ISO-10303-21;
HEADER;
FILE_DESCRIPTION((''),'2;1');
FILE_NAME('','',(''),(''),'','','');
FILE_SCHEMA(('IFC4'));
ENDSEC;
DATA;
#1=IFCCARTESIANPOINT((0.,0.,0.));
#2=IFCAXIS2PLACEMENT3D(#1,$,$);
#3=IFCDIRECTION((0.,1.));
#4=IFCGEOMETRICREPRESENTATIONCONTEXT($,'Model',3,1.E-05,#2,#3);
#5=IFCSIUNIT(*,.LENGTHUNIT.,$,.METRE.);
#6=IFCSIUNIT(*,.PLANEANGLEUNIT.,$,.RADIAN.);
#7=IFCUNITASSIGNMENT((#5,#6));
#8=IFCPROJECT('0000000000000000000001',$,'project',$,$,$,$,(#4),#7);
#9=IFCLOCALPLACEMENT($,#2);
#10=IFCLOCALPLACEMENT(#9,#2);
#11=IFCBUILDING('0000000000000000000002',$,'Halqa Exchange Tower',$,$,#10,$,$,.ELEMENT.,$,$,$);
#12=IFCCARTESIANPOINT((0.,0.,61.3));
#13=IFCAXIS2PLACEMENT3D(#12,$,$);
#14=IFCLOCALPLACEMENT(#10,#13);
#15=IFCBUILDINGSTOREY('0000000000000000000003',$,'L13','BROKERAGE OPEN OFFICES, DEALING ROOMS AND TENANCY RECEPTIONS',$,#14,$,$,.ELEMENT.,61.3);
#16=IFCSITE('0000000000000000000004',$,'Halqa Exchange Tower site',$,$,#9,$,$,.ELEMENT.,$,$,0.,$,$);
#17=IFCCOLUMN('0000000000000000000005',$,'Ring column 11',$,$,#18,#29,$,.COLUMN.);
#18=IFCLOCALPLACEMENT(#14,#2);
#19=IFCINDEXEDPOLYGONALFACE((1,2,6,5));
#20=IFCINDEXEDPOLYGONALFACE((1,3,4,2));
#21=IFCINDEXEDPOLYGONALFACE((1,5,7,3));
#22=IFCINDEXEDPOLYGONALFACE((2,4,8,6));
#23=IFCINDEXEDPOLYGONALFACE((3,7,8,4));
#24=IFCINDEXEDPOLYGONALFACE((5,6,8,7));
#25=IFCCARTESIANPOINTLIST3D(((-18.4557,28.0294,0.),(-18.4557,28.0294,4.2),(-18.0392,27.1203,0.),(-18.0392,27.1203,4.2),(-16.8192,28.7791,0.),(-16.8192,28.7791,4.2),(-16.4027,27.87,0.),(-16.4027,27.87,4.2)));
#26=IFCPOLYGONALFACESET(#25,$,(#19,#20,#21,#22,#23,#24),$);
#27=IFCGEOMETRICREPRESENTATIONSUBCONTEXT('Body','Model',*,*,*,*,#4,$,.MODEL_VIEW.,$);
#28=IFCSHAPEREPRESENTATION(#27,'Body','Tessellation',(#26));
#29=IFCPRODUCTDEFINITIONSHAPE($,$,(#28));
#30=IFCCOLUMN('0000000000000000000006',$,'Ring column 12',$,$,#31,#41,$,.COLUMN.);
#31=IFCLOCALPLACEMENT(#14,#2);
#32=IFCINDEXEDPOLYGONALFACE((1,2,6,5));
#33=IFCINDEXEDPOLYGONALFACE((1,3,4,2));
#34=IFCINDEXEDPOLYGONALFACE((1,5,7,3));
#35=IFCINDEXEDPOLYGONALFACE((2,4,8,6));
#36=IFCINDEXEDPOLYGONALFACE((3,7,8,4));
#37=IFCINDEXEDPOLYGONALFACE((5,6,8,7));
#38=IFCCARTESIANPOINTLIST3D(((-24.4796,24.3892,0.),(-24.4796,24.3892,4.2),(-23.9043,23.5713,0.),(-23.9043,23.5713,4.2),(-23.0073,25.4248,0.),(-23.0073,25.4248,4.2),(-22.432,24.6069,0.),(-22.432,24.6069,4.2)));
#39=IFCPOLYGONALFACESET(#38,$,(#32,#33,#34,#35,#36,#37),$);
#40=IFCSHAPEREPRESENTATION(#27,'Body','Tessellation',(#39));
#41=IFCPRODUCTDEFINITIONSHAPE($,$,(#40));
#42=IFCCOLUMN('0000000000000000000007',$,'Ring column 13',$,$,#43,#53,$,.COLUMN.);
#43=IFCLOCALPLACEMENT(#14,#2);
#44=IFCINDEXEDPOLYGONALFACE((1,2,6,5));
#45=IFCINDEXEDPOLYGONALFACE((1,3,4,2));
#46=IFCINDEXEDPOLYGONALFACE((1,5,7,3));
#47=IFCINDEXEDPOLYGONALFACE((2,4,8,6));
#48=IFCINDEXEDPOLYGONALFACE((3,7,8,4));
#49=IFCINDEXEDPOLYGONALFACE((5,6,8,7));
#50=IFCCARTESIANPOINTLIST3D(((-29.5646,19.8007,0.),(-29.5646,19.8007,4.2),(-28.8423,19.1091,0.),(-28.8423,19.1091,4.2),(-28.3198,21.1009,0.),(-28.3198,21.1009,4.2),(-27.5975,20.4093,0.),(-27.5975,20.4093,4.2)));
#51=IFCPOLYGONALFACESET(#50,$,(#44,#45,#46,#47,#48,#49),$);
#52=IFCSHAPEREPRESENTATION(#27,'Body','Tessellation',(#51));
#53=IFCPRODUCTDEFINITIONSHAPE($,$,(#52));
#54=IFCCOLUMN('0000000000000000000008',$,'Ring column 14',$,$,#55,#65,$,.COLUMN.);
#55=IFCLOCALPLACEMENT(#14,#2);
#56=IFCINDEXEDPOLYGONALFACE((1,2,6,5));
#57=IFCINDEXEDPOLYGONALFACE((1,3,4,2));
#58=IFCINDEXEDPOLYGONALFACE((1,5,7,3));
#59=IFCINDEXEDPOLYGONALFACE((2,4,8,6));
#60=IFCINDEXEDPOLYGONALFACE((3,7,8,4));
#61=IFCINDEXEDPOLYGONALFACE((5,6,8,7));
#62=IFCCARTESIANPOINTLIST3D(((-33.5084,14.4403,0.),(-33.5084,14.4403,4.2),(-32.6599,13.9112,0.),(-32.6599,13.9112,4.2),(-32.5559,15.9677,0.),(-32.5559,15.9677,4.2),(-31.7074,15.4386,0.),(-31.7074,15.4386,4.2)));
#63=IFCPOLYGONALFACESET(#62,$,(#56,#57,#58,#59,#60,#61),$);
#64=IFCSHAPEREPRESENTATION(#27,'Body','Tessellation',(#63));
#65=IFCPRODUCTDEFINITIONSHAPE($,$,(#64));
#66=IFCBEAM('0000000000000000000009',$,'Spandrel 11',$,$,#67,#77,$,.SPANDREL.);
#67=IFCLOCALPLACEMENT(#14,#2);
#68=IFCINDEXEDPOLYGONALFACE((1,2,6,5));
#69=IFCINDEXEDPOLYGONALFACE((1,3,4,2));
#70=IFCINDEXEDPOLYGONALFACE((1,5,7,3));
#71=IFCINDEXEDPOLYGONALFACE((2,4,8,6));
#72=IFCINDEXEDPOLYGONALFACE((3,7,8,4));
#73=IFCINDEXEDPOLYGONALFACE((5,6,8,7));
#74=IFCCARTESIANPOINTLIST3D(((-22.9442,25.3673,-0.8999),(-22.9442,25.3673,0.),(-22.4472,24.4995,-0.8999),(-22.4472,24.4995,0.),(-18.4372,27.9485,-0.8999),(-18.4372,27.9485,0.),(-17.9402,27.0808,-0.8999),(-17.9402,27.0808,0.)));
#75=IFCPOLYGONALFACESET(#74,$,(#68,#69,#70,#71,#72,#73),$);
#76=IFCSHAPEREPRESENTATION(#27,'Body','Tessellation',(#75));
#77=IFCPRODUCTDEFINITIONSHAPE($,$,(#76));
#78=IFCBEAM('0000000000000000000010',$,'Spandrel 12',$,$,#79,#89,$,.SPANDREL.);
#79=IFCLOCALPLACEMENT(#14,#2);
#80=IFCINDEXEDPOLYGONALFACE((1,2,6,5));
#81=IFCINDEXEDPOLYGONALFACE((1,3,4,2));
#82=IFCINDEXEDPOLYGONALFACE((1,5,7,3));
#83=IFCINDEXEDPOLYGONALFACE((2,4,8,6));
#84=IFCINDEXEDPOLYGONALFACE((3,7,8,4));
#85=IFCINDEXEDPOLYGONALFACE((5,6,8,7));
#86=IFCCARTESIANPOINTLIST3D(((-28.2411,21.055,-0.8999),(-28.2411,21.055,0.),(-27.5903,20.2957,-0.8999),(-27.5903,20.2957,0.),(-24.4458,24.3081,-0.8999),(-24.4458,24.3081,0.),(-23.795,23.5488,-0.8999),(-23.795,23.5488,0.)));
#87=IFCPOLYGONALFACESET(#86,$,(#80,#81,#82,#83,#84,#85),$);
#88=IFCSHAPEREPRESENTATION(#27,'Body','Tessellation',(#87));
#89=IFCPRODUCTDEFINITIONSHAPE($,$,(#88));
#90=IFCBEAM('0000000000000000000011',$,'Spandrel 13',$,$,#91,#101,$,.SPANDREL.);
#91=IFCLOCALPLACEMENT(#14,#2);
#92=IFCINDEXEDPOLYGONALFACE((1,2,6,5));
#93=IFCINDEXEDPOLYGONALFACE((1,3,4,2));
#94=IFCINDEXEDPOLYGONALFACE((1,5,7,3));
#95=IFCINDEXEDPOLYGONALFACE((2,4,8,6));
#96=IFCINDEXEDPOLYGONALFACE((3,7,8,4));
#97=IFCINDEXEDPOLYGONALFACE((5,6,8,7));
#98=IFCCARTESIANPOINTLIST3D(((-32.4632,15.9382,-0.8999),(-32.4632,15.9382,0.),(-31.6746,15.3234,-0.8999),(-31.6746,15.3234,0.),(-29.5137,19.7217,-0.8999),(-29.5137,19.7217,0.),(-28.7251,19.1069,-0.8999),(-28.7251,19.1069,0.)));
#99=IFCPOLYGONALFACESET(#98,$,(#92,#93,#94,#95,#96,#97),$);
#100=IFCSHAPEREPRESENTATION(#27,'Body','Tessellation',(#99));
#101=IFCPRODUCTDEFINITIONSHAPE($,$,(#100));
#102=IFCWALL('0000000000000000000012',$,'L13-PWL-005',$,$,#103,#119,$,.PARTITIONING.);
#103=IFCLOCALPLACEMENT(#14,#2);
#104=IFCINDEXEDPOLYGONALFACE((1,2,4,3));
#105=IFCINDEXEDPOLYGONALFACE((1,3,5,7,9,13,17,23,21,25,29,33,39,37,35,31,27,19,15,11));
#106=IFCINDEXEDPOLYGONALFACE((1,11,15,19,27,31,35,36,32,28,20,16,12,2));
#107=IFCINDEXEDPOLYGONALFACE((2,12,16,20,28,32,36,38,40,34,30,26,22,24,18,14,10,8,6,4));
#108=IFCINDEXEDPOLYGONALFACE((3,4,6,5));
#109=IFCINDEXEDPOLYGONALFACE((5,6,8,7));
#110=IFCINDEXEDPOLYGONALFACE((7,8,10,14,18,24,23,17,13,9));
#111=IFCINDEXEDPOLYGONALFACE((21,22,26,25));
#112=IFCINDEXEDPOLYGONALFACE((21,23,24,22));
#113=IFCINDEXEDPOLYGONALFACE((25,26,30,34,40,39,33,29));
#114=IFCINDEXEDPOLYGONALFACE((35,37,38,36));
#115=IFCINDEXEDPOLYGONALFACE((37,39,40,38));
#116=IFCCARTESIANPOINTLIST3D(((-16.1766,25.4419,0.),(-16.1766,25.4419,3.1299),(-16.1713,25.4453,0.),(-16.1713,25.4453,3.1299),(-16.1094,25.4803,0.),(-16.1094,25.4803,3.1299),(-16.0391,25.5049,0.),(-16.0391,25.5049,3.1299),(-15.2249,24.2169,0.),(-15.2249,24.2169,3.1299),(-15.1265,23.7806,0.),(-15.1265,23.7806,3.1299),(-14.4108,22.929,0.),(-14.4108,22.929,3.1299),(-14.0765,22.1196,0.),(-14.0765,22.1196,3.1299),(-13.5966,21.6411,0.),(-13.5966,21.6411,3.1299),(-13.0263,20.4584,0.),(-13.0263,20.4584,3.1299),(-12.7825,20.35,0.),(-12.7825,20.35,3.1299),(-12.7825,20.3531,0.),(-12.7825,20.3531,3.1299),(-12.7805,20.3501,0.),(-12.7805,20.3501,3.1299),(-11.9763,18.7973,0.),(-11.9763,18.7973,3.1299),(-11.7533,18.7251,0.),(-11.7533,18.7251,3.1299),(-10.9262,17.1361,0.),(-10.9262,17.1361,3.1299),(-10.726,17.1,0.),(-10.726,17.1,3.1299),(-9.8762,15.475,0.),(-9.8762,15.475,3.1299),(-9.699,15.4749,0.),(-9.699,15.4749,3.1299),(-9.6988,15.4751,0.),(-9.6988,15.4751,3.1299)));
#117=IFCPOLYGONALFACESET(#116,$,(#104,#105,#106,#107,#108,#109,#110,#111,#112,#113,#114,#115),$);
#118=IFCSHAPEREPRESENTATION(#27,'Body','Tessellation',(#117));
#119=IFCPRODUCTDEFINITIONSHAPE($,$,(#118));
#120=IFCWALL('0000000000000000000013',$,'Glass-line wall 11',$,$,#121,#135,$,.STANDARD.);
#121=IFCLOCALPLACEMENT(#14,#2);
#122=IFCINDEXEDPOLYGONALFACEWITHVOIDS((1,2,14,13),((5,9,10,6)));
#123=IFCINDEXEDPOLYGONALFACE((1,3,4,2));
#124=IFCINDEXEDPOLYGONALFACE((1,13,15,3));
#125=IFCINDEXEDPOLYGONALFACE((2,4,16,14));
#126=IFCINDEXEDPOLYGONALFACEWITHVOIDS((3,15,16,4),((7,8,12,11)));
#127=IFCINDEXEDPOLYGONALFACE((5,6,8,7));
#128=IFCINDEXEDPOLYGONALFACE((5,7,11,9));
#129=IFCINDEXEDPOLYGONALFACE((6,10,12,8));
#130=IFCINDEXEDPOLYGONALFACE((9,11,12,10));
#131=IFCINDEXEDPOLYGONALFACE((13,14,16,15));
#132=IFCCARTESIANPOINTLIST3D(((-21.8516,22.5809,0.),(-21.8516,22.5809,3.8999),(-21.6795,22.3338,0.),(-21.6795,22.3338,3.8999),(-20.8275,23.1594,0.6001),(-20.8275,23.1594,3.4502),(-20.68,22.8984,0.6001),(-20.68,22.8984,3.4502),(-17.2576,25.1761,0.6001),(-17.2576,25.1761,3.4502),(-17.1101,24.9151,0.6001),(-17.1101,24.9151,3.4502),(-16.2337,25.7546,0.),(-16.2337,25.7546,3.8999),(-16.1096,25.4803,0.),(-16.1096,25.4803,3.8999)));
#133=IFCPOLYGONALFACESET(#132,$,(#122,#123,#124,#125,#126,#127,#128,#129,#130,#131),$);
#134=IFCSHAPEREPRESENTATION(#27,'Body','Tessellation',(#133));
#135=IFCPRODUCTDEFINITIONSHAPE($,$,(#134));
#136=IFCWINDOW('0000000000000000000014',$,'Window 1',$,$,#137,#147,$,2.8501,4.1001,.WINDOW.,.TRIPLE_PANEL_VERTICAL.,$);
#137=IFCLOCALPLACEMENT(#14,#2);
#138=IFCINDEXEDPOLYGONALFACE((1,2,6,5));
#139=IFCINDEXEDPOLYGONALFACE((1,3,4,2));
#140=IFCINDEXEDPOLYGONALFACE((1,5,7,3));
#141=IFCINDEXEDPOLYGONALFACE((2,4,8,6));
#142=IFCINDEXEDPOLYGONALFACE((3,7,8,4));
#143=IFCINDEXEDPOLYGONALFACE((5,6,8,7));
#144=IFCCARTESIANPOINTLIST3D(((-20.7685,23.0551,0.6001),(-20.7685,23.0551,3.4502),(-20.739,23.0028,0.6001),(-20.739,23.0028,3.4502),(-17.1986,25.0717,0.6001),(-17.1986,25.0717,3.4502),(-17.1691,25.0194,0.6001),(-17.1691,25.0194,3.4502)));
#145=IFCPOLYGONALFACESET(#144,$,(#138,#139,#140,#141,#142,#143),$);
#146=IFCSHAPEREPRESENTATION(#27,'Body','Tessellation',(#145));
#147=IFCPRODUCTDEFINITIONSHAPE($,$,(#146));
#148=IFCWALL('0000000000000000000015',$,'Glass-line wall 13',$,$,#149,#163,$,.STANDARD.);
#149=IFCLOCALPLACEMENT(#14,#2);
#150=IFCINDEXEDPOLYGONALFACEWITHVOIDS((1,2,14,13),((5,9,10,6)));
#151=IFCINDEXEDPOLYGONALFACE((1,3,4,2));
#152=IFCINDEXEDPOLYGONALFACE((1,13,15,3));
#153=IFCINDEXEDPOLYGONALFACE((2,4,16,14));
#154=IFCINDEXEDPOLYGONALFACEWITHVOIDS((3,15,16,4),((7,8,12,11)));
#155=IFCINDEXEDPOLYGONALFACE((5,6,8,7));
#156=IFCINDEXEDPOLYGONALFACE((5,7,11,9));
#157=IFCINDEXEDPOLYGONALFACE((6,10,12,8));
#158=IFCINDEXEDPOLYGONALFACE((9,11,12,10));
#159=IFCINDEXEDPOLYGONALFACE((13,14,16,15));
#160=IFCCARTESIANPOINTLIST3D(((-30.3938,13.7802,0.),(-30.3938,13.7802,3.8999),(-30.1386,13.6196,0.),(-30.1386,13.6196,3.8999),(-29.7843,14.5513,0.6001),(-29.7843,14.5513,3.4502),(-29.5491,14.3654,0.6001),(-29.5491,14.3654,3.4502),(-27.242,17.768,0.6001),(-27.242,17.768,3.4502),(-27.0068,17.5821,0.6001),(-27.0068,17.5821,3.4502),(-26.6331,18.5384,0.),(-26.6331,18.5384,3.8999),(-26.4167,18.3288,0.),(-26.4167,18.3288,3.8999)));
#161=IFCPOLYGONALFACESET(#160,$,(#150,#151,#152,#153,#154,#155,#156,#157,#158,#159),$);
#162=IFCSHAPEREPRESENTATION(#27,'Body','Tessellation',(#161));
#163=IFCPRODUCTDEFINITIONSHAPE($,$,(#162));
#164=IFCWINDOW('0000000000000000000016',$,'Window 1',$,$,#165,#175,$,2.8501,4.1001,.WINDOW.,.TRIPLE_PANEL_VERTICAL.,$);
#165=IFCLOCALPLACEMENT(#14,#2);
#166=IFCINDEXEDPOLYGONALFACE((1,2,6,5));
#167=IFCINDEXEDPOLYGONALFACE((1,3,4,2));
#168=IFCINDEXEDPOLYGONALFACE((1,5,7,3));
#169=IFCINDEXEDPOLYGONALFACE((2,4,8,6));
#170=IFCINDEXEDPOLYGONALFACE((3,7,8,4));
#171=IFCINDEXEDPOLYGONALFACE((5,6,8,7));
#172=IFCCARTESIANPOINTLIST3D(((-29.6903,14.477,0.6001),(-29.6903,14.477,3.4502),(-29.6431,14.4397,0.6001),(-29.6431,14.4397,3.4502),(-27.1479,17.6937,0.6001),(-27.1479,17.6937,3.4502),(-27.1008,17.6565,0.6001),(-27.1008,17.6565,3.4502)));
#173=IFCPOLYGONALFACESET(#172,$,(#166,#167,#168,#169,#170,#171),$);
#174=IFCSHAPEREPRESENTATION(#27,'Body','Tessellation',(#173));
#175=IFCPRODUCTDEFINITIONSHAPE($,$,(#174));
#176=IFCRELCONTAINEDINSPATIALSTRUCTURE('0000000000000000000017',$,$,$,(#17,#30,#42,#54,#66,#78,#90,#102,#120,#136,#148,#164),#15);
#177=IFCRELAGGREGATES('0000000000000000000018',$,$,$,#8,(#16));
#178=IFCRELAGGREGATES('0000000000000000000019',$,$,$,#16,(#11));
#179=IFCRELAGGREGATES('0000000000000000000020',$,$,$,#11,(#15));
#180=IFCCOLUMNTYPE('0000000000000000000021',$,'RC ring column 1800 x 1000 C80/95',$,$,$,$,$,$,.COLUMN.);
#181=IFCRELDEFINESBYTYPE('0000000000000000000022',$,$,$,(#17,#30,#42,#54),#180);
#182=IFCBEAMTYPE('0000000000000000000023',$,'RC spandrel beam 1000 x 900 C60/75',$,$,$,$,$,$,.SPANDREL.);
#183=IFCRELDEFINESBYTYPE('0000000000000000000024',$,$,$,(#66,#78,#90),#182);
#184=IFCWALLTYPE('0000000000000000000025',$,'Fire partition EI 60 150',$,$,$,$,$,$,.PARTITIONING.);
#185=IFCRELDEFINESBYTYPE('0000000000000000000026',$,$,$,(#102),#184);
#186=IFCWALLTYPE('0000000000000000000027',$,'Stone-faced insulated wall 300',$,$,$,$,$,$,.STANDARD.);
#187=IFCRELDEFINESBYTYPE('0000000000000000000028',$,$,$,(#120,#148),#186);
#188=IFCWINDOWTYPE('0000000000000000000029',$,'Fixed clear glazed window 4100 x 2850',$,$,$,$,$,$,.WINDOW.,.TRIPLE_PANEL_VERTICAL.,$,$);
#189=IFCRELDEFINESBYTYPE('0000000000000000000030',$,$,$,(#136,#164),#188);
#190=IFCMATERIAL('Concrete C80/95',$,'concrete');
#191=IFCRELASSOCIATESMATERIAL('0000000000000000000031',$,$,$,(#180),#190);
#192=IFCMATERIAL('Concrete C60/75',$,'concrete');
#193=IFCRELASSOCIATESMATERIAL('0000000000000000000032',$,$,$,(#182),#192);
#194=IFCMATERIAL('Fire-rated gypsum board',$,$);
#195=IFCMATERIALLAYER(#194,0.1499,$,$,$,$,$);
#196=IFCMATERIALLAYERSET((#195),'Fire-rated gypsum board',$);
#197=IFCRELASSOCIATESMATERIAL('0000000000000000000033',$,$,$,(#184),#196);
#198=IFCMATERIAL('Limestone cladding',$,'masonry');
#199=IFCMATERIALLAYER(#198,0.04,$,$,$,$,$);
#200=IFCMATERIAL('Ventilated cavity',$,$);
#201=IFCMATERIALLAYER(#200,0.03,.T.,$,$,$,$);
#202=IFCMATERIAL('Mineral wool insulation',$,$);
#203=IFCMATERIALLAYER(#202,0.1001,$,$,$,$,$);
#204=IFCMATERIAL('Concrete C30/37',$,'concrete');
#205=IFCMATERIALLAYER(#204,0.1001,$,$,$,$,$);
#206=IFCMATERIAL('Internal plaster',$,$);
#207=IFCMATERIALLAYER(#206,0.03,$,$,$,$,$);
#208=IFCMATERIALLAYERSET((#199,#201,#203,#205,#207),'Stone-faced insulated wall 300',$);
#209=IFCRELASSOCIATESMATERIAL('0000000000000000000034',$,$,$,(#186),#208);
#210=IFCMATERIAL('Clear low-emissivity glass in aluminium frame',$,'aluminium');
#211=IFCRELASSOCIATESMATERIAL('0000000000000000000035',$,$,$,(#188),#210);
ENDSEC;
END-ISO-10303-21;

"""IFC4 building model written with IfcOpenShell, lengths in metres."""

from ifc_helpers import new_model, si_unit, direction, frame, frame_2d, origin, origin_2d, place, context, subcontext, project, spatial, polyline, rectangle, outline, extrude, material, layer, layer_set, material_profile, profile_set, type_object, element, fill, save


model = new_model("IFC4")

# Units and contexts
model_context = context("Model", 3, precision=1e-05, world=origin(), true_north=direction((0.0, 1.0)))
body_context = subcontext(model_context, "Body", "Model", "MODEL_VIEW")
ifc_project = project(units=[si_unit("LENGTHUNIT", "METRE"), si_unit("PLANEANGLEUNIT", "RADIAN")], contexts=[model_context])

# Site, building, storey
site_placement = place(None, origin())
site = spatial("IfcSite", under=ifc_project, at=site_placement, Name="Halqa Exchange Tower site", CompositionType="ELEMENT", RefElevation=0.0)
building_placement = place(site_placement, origin())
building = spatial("IfcBuilding", under=site, at=building_placement, Name="Halqa Exchange Tower", CompositionType="ELEMENT")
storey_placement = place(building_placement, frame((0.0, 0.0, 61.3)))
storey = spatial("IfcBuildingStorey", under=building, at=storey_placement, Name="L13", Description="BROKERAGE OPEN OFFICES, DEALING ROOMS AND TENANCY RECEPTIONS", CompositionType="ELEMENT", Elevation=61.3)

# Columns
ifc_material_1 = material(Name="Concrete C80/95", Category="concrete")
ifc_material_profile_1 = material_profile(ifc_material_1, rectangle(XDim=1.8, YDim=1.0, at=origin_2d()), Name="1800 x 1000")
ifc_profile_set_1 = profile_set([ifc_material_profile_1], Name="Concrete C80/95")
column_type = type_object("IfcColumnType", Name="RC ring column 1800 x 1000 C80/95", PredefinedType="COLUMN", material=ifc_profile_set_1)
for number, where, z_axis, x_axis, name in (
    (1, (-17.4292, 27.9497, 0.0), (0.0, 0.0, 1.0), (-0.909126, -0.41652, 0.0), "Ring column 11"),
    (2, (-23.4558, 24.498, 0.0), (0.0, 0.0, 1.0), (-0.817909, -0.575348, 0.0), "Ring column 12"),
    (3, (-28.5811, 20.105, 0.0), (0.0, 0.0, 1.0), (-0.691577, -0.722302, 0.0), "Ring column 13"),
    (4, (-32.6079, 14.9395, 0.0), (0.0, 0.0, 1.0), (-0.529139, -0.848535, 0.0), "Ring column 14"),
):
    element("IfcColumn", number, at=place(storey_placement, frame(where, z_axis=z_axis, x_axis=x_axis)), inside=storey, type_object=column_type, Name=name, PredefinedType="COLUMN", context=body_context, shape_type="SweptSolid", body=[
        extrude(rectangle(XDim=1.8, YDim=1.0, at=origin_2d()), origin(), (0.0, 0.0, 1.0), 4.2),
    ])

# Beams
ifc_material_2 = material(Name="Concrete C60/75", Category="concrete")
ifc_material_profile_2 = material_profile(ifc_material_2, rectangle(XDim=1.0, YDim=0.8999, at=origin_2d()), Name="1000 x 900")
ifc_profile_set_2 = profile_set([ifc_material_profile_2], Name="Concrete C60/75")
beam_type = type_object("IfcBeamType", Name="RC spandrel beam 1000 x 900 C60/75", PredefinedType="SPANDREL", material=ifc_profile_set_2)
beam_1_placement = place(storey_placement, frame((-18.1887, 27.5146, -0.45), z_axis=(-0.86776, -0.496984, 0.0), x_axis=(0.496984, -0.86776, 0.0)))
element("IfcBeam", 5, at=beam_1_placement, inside=storey, type_object=beam_type, Name="Spandrel 11", PredefinedType="SPANDREL", context=body_context, shape_type="SweptSolid", body=[
    extrude(rectangle(XDim=1.0, YDim=0.8999, at=origin_2d()), origin(), (0.0, 0.0, 1.0), 5.1938),
])
beam_2_placement = place(storey_placement, frame((-24.1204, 23.9285, -0.45), z_axis=(-0.75926, -0.650787, 0.0), x_axis=(0.650787, -0.75926, 0.0)))
element("IfcBeam", 6, at=beam_2_placement, inside=storey, type_object=beam_type, Name="Spandrel 12", PredefinedType="SPANDREL", context=body_context, shape_type="SweptSolid", body=[
    extrude(rectangle(XDim=1.0, YDim=0.8999, at=origin_2d()), origin(), (0.0, 0.0, 1.0), 4.9988),
])
beam_3_placement = place(storey_placement, frame((-29.1194, 19.4143, -0.45), z_axis=(-0.614821, -0.788667, 0.0), x_axis=(0.788667, -0.614821, 0.0)))
element("IfcBeam", 7, at=beam_3_placement, inside=storey, type_object=beam_type, Name="Spandrel 13", PredefinedType="SPANDREL", context=body_context, shape_type="SweptSolid", body=[
    extrude(rectangle(XDim=1.0, YDim=0.8999, at=origin_2d()), origin(), (0.0, 0.0, 1.0), 4.7974),
])

# Wall
ifc_material_3 = material(Name="Fire-rated gypsum board")
ifc_layer_1 = layer(ifc_material_3, 0.1499)
ifc_layer_set_1 = layer_set([ifc_layer_1], Name="Fire-rated gypsum board")
wall_type_1 = type_object("IfcWallType", Name="Fire partition EI 60 150", PredefinedType="PARTITIONING", material=ifc_layer_set_1)
wall_1_placement = place(storey_placement, frame((-16.1133, 25.4819, 0.0), z_axis=(0.0, 0.0, 1.0), x_axis=(0.534335, -0.845273, 0.0)))
element("IfcWall", 8, at=wall_1_placement, inside=storey, type_object=wall_type_1, Name="L13-PWL-005", PredefinedType="PARTITIONING", context=body_context, shape_type="SweptSolid", body=[
    extrude(outline(polyline([(0.0, -0.075), (1.9653, -0.075), (3.9304, -0.075), (5.8958, -0.075), (7.8608, -0.075), (9.8262, -0.075), (11.7913, -0.075), (11.886, 0.0747), (11.886, 0.075), (9.9636, 0.075), (8.041, 0.075), (6.1187, 0.075), (6.1177, 0.0732), (6.115, 0.075), (4.5913, 0.075), (3.0676, 0.075), (1.5439, 0.075), (0.0203, 0.075), (0.0034, 0.0024), (0.0, -0.0686), (0.0, -0.075)])), origin(), (0.0, 0.0, 1.0), 3.1299),
])

# Wall, opening, window
ifc_material_4 = material(Name="Limestone cladding", Category="masonry")
ifc_layer_2 = layer(ifc_material_4, 0.04)
ifc_material_5 = material(Name="Ventilated cavity")
ifc_layer_3 = layer(ifc_material_5, 0.03, ventilated=True)
ifc_material_6 = material(Name="Mineral wool insulation")
ifc_layer_4 = layer(ifc_material_6, 0.1001)
ifc_material_7 = material(Name="Concrete C30/37", Category="concrete")
ifc_layer_5 = layer(ifc_material_7, 0.1001)
ifc_material_8 = material(Name="Internal plaster")
ifc_layer_6 = layer(ifc_material_8, 0.03)
ifc_layer_set_2 = layer_set([ifc_layer_2, ifc_layer_3, ifc_layer_4, ifc_layer_5, ifc_layer_6], Name="Stone-faced insulated wall 300")
wall_type_2 = type_object("IfcWallType", Name="Stone-faced insulated wall 300", PredefinedType="STANDARD", material=ifc_layer_set_2)
wall_2_placement = place(storey_placement, frame((-16.1716, 25.6174, 0.0), z_axis=(0.0, 0.0, 1.0), x_axis=(-0.870674, -0.491861, 0.0)))
wall_2 = element("IfcWall", 9, at=wall_2_placement, inside=storey, type_object=wall_type_2, Name="Glass-line wall 11", PredefinedType="STANDARD", context=body_context, shape_type="SweptSolid", body=[
    extrude(outline(polyline([(-0.0134, -0.1499), (6.439, -0.1499), (6.4106, 0.1499), (0.0134, 0.1499), (-0.0134, -0.1499)])), origin(), (0.0, 0.0, 1.0), 3.8999),
])
opening_1_placement = place(wall_2_placement, frame((1.1626, 0.0, 0.6001)))
opening_1 = element("IfcOpeningElement", 10, at=opening_1_placement, cuts=wall_2, PredefinedType="OPENING", context=body_context, shape_type="SweptSolid", body=[
    extrude(rectangle(XDim=4.1001, YDim=2.8501, at=frame_2d((2.05, 1.425))), frame((0.0, 0.1621, 0.0), z_axis=(0.0, -1.0, 0.0), x_axis=(1.0, 0.0, 0.0)), (0.0, 0.0, 1.0), 0.324),
])
ifc_material_9 = material(Name="Clear low-emissivity glass in aluminium frame", Category="aluminium")
window_type = type_object("IfcWindowType", Name="Fixed clear glazed window 4100 x 2850", PartitioningType="TRIPLE_PANEL_VERTICAL", PredefinedType="WINDOW", material=ifc_material_9)
window_1_placement = place(opening_1_placement, origin())
window_1 = element("IfcWindow", 11, at=window_1_placement, inside=storey, type_object=window_type, Name="Window 1", OverallHeight=2.8501, OverallWidth=4.1001, PartitioningType="TRIPLE_PANEL_VERTICAL", PredefinedType="WINDOW", context=body_context, shape_type="SweptSolid", body=[
    extrude(rectangle(XDim=4.1001, YDim=2.8501, at=frame_2d((2.05, 1.425))), frame((0.0, 0.03, 0.0), z_axis=(0.0, -1.0, 0.0), x_axis=(1.0, 0.0, 0.0)), (0.0, 0.0, 1.0), 0.0601),
])
fill(opening_1, window_1)

# Wall, opening, window
wall_3_placement = place(storey_placement, frame((-26.5249, 18.4336, 0.0), z_axis=(0.0, 0.0, 1.0), x_axis=(-0.620065, -0.78455, 0.0)))
wall_3 = element("IfcWall", 12, at=wall_3_placement, inside=storey, type_object=wall_type_2, Name="Glass-line wall 13", PredefinedType="STANDARD", context=body_context, shape_type="SweptSolid", body=[
    extrude(outline(polyline([(-0.0151, -0.1499), (6.0498, -0.1499), (6.0176, 0.1499), (0.0151, 0.1499), (-0.0151, -0.1499)])), origin(), (0.0, 0.0, 1.0), 3.8999),
])
opening_2_placement = place(wall_3_placement, frame((0.9668, 0.0, 0.6001)))
opening_2 = element("IfcOpeningElement", 13, at=opening_2_placement, cuts=wall_3, PredefinedType="OPENING", context=body_context, shape_type="SweptSolid", body=[
    extrude(rectangle(XDim=4.1001, YDim=2.8501, at=frame_2d((2.05, 1.425))), frame((0.0, 0.1621, 0.0), z_axis=(0.0, -1.0, 0.0), x_axis=(1.0, 0.0, 0.0)), (0.0, 0.0, 1.0), 0.324),
])
window_2_placement = place(opening_2_placement, origin())
window_2 = element("IfcWindow", 14, at=window_2_placement, inside=storey, type_object=window_type, Name="Window 1", OverallHeight=2.8501, OverallWidth=4.1001, PartitioningType="TRIPLE_PANEL_VERTICAL", PredefinedType="WINDOW", context=body_context, shape_type="SweptSolid", body=[
    extrude(rectangle(XDim=4.1001, YDim=2.8501, at=frame_2d((2.05, 1.425))), frame((0.0, 0.03, 0.0), z_axis=(0.0, -1.0, 0.0), x_axis=(1.0, 0.0, 0.0)), (0.0, 0.0, 1.0), 0.0601),
])
fill(opening_2, window_2)

save(model, "model.ifc")
